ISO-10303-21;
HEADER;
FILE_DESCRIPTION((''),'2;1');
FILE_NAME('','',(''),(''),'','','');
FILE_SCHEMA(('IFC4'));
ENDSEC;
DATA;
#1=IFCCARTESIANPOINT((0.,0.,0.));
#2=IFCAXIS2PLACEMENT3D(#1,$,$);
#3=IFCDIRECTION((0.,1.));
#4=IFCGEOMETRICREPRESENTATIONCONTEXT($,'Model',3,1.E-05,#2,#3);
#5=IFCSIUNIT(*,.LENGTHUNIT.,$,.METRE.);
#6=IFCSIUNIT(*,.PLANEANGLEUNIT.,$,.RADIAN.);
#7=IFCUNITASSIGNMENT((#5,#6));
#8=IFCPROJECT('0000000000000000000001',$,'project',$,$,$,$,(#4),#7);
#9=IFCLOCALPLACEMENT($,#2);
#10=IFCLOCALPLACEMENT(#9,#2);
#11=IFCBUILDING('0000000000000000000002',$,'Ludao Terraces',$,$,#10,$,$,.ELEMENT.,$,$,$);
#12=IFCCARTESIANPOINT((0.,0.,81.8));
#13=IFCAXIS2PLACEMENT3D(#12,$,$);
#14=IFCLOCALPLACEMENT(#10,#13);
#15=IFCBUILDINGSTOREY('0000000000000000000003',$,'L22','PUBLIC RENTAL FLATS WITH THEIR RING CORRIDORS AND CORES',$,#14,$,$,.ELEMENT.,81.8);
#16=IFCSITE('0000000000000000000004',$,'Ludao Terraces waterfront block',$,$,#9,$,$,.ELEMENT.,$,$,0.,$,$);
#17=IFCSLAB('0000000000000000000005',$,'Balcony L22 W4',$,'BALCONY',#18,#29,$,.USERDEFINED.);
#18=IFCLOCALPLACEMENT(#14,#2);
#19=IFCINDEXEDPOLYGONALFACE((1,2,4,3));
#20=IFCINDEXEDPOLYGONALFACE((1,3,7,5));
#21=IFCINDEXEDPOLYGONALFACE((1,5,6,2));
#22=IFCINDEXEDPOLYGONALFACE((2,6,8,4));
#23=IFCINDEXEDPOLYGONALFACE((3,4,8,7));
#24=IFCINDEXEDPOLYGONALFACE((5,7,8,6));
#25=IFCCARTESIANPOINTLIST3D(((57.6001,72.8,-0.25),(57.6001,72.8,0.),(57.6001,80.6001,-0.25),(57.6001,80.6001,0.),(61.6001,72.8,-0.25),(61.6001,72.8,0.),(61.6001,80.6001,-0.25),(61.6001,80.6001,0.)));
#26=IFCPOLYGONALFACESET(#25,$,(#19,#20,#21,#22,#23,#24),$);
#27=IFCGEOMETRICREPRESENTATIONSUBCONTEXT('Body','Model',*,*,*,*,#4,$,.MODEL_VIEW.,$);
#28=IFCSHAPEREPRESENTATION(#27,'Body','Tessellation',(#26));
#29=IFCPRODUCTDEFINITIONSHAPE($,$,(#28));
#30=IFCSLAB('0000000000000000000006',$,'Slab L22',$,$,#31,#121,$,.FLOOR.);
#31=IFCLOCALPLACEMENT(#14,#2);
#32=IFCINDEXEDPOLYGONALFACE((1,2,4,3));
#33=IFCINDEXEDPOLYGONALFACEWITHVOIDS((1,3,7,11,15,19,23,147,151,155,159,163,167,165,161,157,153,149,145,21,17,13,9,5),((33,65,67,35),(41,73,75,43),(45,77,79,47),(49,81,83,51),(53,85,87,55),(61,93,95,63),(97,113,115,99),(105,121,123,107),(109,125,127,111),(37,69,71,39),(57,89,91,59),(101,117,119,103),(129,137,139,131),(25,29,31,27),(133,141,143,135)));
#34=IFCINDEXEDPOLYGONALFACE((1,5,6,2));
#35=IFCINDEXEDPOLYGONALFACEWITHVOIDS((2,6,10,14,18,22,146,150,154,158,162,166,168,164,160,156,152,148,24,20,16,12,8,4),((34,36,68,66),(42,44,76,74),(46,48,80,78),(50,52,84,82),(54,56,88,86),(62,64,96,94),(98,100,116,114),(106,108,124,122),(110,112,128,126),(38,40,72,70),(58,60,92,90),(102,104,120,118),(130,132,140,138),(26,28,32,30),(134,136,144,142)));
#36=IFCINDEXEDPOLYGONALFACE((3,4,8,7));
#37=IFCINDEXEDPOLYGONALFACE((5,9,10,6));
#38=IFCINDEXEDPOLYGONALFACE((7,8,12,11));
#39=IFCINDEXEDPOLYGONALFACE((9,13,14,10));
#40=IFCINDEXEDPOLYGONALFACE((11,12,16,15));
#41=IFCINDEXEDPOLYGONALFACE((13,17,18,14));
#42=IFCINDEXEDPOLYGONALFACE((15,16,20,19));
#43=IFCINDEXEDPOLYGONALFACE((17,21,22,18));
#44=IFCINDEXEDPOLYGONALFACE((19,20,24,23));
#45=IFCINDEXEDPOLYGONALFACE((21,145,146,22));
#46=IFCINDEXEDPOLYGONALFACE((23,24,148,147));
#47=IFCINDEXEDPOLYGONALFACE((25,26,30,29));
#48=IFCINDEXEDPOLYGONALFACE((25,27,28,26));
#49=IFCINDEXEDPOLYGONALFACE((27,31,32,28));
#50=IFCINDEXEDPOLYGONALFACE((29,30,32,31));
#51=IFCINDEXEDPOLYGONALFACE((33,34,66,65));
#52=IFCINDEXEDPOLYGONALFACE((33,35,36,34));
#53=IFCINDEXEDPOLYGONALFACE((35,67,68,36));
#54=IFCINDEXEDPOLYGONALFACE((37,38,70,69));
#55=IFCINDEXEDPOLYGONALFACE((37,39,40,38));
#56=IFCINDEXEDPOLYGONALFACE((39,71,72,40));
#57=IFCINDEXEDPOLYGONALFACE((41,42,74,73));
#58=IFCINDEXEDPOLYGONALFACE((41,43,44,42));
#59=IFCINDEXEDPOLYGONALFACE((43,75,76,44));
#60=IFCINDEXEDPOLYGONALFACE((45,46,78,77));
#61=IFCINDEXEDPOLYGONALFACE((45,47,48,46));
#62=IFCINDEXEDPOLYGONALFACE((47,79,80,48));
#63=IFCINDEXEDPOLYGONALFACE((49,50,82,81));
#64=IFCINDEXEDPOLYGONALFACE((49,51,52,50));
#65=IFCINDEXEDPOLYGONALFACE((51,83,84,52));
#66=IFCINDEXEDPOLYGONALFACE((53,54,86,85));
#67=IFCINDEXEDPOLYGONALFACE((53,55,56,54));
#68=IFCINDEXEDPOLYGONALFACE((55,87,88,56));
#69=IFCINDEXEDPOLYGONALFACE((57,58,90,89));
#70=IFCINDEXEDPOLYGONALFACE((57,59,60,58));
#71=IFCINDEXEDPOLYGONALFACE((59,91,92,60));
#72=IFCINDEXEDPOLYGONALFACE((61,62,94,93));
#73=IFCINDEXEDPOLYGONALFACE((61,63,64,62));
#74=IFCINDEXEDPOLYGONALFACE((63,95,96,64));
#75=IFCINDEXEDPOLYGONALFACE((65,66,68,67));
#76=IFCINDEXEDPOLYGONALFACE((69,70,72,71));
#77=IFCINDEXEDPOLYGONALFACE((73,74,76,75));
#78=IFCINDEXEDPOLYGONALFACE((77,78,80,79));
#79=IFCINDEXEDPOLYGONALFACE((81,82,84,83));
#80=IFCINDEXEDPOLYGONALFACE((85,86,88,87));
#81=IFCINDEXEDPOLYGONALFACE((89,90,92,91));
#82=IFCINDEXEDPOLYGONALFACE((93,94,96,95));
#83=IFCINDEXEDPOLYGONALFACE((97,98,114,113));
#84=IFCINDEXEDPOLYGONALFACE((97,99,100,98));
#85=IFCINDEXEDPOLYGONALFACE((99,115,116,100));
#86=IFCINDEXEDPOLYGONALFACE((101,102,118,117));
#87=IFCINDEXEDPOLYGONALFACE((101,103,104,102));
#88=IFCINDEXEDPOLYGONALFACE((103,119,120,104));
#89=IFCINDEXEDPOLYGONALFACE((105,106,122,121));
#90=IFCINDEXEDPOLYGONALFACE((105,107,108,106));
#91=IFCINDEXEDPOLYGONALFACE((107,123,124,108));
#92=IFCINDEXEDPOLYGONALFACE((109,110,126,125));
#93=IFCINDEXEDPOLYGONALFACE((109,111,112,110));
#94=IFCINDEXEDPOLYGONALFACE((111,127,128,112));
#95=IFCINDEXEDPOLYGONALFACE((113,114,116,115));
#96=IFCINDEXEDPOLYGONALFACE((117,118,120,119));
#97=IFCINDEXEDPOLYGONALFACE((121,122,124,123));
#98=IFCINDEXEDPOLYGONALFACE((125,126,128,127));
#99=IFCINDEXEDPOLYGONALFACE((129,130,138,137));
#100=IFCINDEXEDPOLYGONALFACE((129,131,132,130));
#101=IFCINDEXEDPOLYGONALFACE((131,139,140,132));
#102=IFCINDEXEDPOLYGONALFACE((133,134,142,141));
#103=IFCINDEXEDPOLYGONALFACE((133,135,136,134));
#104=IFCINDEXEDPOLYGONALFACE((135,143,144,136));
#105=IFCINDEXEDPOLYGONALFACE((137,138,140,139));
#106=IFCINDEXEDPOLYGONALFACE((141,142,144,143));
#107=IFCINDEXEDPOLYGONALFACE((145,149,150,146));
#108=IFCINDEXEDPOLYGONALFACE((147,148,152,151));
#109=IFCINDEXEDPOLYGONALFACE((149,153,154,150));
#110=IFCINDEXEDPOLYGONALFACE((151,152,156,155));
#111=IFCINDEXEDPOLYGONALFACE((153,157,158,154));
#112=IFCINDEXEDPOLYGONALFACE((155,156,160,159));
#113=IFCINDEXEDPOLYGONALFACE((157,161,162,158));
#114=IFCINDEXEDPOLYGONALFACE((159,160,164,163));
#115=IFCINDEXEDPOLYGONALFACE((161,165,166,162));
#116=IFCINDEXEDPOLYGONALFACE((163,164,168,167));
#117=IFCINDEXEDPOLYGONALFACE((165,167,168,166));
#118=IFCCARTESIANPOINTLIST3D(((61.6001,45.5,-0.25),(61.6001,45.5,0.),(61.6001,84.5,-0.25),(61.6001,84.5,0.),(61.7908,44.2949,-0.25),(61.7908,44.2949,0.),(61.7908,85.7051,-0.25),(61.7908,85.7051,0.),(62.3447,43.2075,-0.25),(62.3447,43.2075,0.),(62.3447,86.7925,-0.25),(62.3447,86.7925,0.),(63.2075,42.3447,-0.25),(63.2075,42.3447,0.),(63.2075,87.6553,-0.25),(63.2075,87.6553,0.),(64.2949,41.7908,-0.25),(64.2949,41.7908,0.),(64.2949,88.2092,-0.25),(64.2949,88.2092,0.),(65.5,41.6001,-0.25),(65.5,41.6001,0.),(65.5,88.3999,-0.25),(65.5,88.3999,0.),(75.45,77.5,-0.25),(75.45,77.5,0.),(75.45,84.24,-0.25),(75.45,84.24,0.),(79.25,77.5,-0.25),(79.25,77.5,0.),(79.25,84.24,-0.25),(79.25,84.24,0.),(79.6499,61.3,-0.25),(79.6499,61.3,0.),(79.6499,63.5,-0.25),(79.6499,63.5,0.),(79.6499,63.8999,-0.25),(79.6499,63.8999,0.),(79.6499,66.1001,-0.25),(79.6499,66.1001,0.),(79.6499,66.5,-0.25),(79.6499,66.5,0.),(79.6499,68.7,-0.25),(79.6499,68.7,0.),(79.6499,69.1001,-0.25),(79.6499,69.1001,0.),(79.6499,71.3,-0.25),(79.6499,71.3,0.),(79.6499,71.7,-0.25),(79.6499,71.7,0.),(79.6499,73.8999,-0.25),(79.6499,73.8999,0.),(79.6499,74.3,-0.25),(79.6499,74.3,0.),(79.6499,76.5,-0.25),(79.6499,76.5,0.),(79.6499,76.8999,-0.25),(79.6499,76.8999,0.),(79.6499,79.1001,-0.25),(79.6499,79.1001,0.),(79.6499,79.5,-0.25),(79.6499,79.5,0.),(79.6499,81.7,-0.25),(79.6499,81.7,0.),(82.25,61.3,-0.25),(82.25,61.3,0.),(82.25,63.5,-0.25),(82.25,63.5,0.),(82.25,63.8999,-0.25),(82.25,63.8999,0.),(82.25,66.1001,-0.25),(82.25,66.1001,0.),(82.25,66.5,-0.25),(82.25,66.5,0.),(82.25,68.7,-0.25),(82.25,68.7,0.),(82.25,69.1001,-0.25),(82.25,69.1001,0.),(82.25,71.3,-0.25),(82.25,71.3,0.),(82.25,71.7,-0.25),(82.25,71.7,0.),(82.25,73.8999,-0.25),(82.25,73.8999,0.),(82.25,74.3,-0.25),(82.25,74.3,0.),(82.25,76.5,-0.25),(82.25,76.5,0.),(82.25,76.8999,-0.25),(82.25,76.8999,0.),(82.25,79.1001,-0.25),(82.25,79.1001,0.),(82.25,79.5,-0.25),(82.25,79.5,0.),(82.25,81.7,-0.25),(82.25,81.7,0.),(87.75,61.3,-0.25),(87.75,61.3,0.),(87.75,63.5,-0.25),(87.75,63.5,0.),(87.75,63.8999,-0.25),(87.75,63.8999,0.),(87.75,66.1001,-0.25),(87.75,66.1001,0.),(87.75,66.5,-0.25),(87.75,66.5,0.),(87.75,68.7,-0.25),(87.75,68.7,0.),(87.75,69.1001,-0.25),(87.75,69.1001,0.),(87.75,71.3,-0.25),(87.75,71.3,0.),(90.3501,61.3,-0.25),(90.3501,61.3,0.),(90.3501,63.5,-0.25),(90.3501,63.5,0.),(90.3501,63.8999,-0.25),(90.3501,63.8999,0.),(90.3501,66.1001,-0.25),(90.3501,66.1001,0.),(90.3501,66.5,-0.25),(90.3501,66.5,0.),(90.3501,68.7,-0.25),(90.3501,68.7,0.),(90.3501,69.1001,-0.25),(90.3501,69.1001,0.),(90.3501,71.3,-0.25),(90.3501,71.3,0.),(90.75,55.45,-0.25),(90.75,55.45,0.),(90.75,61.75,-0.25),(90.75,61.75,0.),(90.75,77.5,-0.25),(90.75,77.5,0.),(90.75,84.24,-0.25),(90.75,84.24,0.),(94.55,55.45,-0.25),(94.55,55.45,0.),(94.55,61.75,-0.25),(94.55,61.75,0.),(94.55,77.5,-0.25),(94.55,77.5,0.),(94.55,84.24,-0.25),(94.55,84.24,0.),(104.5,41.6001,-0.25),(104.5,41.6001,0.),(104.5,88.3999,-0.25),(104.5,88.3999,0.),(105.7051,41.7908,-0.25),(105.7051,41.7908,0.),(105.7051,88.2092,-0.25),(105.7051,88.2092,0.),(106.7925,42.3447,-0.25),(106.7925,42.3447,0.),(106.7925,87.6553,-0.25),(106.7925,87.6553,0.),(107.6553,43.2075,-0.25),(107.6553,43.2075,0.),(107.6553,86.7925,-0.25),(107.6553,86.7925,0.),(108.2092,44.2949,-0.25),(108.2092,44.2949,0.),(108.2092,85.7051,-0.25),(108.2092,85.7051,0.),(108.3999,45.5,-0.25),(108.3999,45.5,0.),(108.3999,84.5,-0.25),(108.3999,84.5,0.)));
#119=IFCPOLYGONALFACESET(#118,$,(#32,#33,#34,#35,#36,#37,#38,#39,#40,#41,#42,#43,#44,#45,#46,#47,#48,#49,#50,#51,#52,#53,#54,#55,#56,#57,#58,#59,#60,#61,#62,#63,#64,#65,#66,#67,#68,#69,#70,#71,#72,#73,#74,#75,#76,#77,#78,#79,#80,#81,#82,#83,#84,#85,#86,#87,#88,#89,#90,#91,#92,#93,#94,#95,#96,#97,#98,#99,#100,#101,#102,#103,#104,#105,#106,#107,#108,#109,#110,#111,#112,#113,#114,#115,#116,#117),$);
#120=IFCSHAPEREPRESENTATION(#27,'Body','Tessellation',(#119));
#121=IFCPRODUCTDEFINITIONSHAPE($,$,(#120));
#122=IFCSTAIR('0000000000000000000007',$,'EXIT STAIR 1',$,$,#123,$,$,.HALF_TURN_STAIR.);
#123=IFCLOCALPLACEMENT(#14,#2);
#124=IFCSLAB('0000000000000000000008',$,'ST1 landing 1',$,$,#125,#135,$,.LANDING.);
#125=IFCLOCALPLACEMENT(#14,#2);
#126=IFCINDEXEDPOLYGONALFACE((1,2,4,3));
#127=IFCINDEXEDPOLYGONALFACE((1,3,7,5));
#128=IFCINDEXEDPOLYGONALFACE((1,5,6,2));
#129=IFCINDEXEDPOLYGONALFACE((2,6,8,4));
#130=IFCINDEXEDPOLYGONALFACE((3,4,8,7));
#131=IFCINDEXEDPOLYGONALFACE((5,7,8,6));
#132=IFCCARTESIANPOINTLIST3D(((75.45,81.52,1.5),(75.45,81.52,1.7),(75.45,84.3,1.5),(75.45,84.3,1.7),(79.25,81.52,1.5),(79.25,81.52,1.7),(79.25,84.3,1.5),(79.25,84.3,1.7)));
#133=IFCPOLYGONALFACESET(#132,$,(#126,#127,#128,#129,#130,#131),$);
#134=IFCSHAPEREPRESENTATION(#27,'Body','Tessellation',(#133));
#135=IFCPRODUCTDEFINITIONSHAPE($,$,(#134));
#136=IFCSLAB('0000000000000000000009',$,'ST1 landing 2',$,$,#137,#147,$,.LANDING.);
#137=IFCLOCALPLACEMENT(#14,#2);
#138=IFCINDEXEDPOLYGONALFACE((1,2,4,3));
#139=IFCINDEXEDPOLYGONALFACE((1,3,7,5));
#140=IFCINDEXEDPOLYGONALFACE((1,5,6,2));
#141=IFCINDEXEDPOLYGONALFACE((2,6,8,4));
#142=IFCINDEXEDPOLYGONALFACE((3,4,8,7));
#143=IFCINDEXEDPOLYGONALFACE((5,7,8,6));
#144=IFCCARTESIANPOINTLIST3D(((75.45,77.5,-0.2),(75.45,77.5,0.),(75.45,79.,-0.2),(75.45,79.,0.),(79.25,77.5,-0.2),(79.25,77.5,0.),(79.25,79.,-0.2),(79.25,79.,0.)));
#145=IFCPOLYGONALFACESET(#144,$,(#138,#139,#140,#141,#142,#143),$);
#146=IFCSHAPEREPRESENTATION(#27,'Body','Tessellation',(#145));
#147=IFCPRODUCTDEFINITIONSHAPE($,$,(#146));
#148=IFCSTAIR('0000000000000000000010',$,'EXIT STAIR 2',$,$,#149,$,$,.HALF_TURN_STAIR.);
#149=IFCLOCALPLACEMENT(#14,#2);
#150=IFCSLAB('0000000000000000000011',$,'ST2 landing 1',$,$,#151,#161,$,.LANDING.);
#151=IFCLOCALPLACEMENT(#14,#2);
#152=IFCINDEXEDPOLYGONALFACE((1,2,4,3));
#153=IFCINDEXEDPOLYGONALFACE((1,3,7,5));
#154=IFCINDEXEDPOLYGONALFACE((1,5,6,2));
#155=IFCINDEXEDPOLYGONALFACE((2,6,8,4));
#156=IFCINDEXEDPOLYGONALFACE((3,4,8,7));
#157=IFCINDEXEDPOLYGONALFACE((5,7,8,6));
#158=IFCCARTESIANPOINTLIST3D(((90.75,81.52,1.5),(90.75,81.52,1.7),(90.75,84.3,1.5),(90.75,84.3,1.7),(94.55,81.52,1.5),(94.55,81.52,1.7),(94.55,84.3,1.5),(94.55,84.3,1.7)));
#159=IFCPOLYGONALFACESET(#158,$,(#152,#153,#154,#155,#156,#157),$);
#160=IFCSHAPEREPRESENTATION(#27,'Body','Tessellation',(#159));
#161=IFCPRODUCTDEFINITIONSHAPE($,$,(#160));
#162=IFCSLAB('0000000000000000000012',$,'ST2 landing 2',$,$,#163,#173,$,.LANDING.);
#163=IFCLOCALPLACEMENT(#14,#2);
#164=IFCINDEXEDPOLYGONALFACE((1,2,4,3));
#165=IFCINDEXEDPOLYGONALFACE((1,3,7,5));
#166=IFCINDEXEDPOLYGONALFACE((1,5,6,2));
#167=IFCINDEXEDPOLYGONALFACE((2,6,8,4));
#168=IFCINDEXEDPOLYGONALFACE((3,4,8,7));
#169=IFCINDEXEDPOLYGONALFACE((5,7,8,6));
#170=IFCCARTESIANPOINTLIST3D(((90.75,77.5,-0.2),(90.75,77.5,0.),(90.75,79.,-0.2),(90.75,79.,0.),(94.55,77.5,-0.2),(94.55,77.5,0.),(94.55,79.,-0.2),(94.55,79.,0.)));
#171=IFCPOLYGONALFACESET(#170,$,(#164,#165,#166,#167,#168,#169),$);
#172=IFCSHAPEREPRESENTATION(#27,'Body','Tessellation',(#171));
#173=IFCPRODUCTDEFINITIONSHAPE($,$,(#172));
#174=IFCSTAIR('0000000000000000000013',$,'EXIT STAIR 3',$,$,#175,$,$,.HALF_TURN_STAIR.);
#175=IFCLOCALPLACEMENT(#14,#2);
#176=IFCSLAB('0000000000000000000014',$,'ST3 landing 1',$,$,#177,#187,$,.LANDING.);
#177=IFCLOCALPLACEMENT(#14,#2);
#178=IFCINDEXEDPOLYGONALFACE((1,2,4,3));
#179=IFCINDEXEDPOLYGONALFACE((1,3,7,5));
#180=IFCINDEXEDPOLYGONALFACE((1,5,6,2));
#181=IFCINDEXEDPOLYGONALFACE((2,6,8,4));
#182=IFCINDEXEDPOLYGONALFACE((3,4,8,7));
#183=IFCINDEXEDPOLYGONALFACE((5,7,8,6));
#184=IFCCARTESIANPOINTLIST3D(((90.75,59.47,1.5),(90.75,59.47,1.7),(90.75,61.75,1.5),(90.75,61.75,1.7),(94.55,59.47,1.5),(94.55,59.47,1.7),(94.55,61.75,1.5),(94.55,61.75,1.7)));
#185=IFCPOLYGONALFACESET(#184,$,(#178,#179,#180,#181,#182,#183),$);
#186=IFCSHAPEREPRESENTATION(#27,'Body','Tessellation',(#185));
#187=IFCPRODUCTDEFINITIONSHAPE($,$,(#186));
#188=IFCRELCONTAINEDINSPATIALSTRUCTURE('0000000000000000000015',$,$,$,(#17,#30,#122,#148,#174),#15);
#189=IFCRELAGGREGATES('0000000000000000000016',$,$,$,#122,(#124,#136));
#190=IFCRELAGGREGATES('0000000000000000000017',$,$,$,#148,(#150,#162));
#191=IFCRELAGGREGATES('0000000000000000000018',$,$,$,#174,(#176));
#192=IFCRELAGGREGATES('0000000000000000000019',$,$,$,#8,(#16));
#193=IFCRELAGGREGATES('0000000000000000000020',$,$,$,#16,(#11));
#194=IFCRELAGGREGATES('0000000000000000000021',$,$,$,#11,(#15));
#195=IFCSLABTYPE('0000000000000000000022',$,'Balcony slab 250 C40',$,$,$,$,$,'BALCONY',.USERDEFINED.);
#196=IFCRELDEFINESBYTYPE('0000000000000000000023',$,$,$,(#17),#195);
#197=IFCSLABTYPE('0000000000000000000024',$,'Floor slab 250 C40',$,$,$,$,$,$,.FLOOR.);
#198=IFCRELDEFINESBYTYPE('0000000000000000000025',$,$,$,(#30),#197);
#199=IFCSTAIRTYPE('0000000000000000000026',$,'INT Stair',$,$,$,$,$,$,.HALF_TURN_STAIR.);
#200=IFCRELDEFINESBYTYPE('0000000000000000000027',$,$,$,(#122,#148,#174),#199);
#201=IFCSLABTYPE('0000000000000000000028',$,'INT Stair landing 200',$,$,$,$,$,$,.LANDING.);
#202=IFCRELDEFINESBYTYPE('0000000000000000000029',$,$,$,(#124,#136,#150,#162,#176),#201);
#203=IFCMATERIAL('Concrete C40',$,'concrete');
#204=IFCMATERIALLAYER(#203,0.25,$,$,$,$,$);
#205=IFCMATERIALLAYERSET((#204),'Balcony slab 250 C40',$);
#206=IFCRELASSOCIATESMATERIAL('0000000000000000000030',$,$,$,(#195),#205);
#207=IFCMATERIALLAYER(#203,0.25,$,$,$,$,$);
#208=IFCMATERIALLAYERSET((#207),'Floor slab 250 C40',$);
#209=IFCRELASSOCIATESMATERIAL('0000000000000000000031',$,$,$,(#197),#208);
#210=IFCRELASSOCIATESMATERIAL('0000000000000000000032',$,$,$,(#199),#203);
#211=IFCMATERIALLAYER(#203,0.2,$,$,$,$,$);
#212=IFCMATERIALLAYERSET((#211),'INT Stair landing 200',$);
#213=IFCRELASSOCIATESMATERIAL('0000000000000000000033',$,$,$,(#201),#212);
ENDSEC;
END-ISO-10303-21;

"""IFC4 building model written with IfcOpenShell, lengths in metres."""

from ifc_helpers import new_model, si_unit, direction, frame, origin, place, context, subcontext, project, spatial, polyline, outline, extrude, material, layer, layer_set, type_object, element, aggregate, save


model = new_model("IFC4")

# Units and contexts
model_context = context("Model", 3, precision=1e-05, world=origin(), true_north=direction((0.0, 1.0)))
body_context = subcontext(model_context, "Body", "Model", "MODEL_VIEW")
ifc_project = project(units=[si_unit("LENGTHUNIT", "METRE"), si_unit("PLANEANGLEUNIT", "RADIAN")], contexts=[model_context])

# Site, building, storey
site_placement = place(None, origin())
site = spatial("IfcSite", under=ifc_project, at=site_placement, Name="Ludao Terraces waterfront block", CompositionType="ELEMENT", RefElevation=0.0)
building_placement = place(site_placement, origin())
building = spatial("IfcBuilding", under=site, at=building_placement, Name="Ludao Terraces", CompositionType="ELEMENT")
storey_placement = place(building_placement, frame((0.0, 0.0, 81.8)))
storey = spatial("IfcBuildingStorey", under=building, at=storey_placement, Name="L22", Description="PUBLIC RENTAL FLATS WITH THEIR RING CORRIDORS AND CORES", CompositionType="ELEMENT", Elevation=81.8)

# Shared definitions
ifc_material_1 = material(Name="Concrete C40", Category="concrete")

# Slabs
ifc_layer_1 = layer(ifc_material_1, 0.25)
ifc_layer_set_1 = layer_set([ifc_layer_1], Name="Balcony slab 250 C40")
slab_type_1 = type_object("IfcSlabType", Name="Balcony slab 250 C40", ElementType="BALCONY", PredefinedType="USERDEFINED", material=ifc_layer_set_1)
slab_1_placement = place(storey_placement, frame((0.0, 0.0, -0.25)))
element("IfcSlab", 1, at=slab_1_placement, inside=storey, type_object=slab_type_1, Name="Balcony L22 W4", ObjectType="BALCONY", PredefinedType="USERDEFINED", context=body_context, shape_type="SweptSolid", body=[
    extrude(outline(polyline([(57.6001, 72.8), (61.6001, 72.8), (61.6001, 80.6001), (57.6001, 80.6001), (57.6001, 72.8)])), origin(), (0.0, 0.0, 1.0), 0.25),
])
ifc_layer_2 = layer(ifc_material_1, 0.25)
ifc_layer_set_2 = layer_set([ifc_layer_2], Name="Floor slab 250 C40")
slab_type_2 = type_object("IfcSlabType", Name="Floor slab 250 C40", PredefinedType="FLOOR", material=ifc_layer_set_2)
slab_2_placement = place(storey_placement, frame((0.0, 0.0, -0.25)))
element("IfcSlab", 2, at=slab_2_placement, inside=storey, type_object=slab_type_2, Name="Slab L22", PredefinedType="FLOOR", context=body_context, shape_type="SweptSolid", body=[
    extrude(outline(polyline([(104.5, 41.6001), (105.7051, 41.7908), (106.7925, 42.3447), (107.6553, 43.2075), (108.2092, 44.2949), (108.3999, 45.5), (108.3999, 84.5), (108.2092, 85.7051), (107.6553, 86.7925), (106.7925, 87.6553), (105.7051, 88.2092), (104.5, 88.3999), (65.5, 88.3999), (64.2949, 88.2092), (63.2075, 87.6553), (62.3447, 86.7925), (61.7908, 85.7051), (61.6001, 84.5), (61.6001, 45.5), (61.7908, 44.2949), (62.3447, 43.2075), (63.2075, 42.3447), (64.2949, 41.7908), (65.5, 41.6001), (104.5, 41.6001)]), holes=[polyline([(79.6499, 61.3), (82.25, 61.3), (82.25, 63.5), (79.6499, 63.5), (79.6499, 61.3)]), polyline([(79.6499, 63.8999), (82.25, 63.8999), (82.25, 66.1001), (79.6499, 66.1001), (79.6499, 63.8999)]), polyline([(79.6499, 66.5), (82.25, 66.5), (82.25, 68.7), (79.6499, 68.7), (79.6499, 66.5)]), polyline([(79.6499, 69.1001), (82.25, 69.1001), (82.25, 71.3), (79.6499, 71.3), (79.6499, 69.1001)]), polyline([(79.6499, 71.7), (82.25, 71.7), (82.25, 73.8999), (79.6499, 73.8999), (79.6499, 71.7)]), polyline([(79.6499, 74.3), (82.25, 74.3), (82.25, 76.5), (79.6499, 76.5), (79.6499, 74.3)]), polyline([(79.6499, 76.8999), (82.25, 76.8999), (82.25, 79.1001), (79.6499, 79.1001), (79.6499, 76.8999)]), polyline([(79.6499, 79.5), (82.25, 79.5), (82.25, 81.7), (79.6499, 81.7), (79.6499, 79.5)]), polyline([(87.75, 61.3), (90.3501, 61.3), (90.3501, 63.5), (87.75, 63.5), (87.75, 61.3)]), polyline([(87.75, 63.8999), (90.3501, 63.8999), (90.3501, 66.1001), (87.75, 66.1001), (87.75, 63.8999)]), polyline([(87.75, 66.5), (90.3501, 66.5), (90.3501, 68.7), (87.75, 68.7), (87.75, 66.5)]), polyline([(87.75, 69.1001), (90.3501, 69.1001), (90.3501, 71.3), (87.75, 71.3), (87.75, 69.1001)]), polyline([(75.45, 77.5), (79.25, 77.5), (79.25, 84.24), (75.45, 84.24), (75.45, 77.5)]), polyline([(90.75, 77.5), (94.55, 77.5), (94.55, 84.24), (90.75, 84.24), (90.75, 77.5)]), polyline([(90.75, 55.45), (94.55, 55.45), (94.55, 61.75), (90.75, 61.75), (90.75, 55.45)])]), origin(), (0.0, 0.0, 1.0), 0.25),
])

# Stairs, slabs
stair_type = type_object("IfcStairType", Name="INT Stair", PredefinedType="HALF_TURN_STAIR", material=ifc_material_1)
stair_1_placement = place(storey_placement, origin())
stair_1 = element("IfcStair", 3, at=stair_1_placement, inside=storey, type_object=stair_type, Name="EXIT STAIR 1", PredefinedType="HALF_TURN_STAIR")
ifc_layer_3 = layer(ifc_material_1, 0.2)
ifc_layer_set_3 = layer_set([ifc_layer_3], Name="INT Stair landing 200")
slab_type_3 = type_object("IfcSlabType", Name="INT Stair landing 200", PredefinedType="LANDING", material=ifc_layer_set_3)
slab_3_placement = place(storey_placement, frame((0.0, 0.0, 1.5)))
slab_3 = element("IfcSlab", 4, at=slab_3_placement, type_object=slab_type_3, Name="ST1 landing 1", PredefinedType="LANDING", context=body_context, shape_type="SweptSolid", body=[
    extrude(outline(polyline([(75.45, 81.52), (79.25, 81.52), (79.25, 84.3), (75.45, 84.3), (75.45, 81.52)])), origin(), (0.0, 0.0, 1.0), 0.2),
])
slab_4_placement = place(storey_placement, frame((0.0, 0.0, -0.2)))
slab_4 = element("IfcSlab", 5, at=slab_4_placement, type_object=slab_type_3, Name="ST1 landing 2", PredefinedType="LANDING", context=body_context, shape_type="SweptSolid", body=[
    extrude(outline(polyline([(75.45, 77.5), (79.25, 77.5), (79.25, 79.0), (75.45, 79.0), (75.45, 77.5)])), origin(), (0.0, 0.0, 1.0), 0.2),
])
aggregate(stair_1, [slab_3, slab_4])
stair_2_placement = place(storey_placement, origin())
stair_2 = element("IfcStair", 6, at=stair_2_placement, inside=storey, type_object=stair_type, Name="EXIT STAIR 2", PredefinedType="HALF_TURN_STAIR")
slab_5_placement = place(storey_placement, frame((0.0, 0.0, 1.5)))
slab_5 = element("IfcSlab", 7, at=slab_5_placement, type_object=slab_type_3, Name="ST2 landing 1", PredefinedType="LANDING", context=body_context, shape_type="SweptSolid", body=[
    extrude(outline(polyline([(90.75, 81.52), (94.55, 81.52), (94.55, 84.3), (90.75, 84.3), (90.75, 81.52)])), origin(), (0.0, 0.0, 1.0), 0.2),
])
slab_6_placement = place(storey_placement, frame((0.0, 0.0, -0.2)))
slab_6 = element("IfcSlab", 8, at=slab_6_placement, type_object=slab_type_3, Name="ST2 landing 2", PredefinedType="LANDING", context=body_context, shape_type="SweptSolid", body=[
    extrude(outline(polyline([(90.75, 77.5), (94.55, 77.5), (94.55, 79.0), (90.75, 79.0), (90.75, 77.5)])), origin(), (0.0, 0.0, 1.0), 0.2),
])
aggregate(stair_2, [slab_5, slab_6])
stair_3_placement = place(storey_placement, origin())
stair_3 = element("IfcStair", 9, at=stair_3_placement, inside=storey, type_object=stair_type, Name="EXIT STAIR 3", PredefinedType="HALF_TURN_STAIR")
slab_7_placement = place(storey_placement, frame((0.0, 0.0, 1.5)))
slab_7 = element("IfcSlab", 10, at=slab_7_placement, type_object=slab_type_3, Name="ST3 landing 1", PredefinedType="LANDING", context=body_context, shape_type="SweptSolid", body=[
    extrude(outline(polyline([(90.75, 59.47), (94.55, 59.47), (94.55, 61.75), (90.75, 61.75), (90.75, 59.47)])), origin(), (0.0, 0.0, 1.0), 0.2),
])
aggregate(stair_3, [slab_7])

save(model, "model.ifc")
